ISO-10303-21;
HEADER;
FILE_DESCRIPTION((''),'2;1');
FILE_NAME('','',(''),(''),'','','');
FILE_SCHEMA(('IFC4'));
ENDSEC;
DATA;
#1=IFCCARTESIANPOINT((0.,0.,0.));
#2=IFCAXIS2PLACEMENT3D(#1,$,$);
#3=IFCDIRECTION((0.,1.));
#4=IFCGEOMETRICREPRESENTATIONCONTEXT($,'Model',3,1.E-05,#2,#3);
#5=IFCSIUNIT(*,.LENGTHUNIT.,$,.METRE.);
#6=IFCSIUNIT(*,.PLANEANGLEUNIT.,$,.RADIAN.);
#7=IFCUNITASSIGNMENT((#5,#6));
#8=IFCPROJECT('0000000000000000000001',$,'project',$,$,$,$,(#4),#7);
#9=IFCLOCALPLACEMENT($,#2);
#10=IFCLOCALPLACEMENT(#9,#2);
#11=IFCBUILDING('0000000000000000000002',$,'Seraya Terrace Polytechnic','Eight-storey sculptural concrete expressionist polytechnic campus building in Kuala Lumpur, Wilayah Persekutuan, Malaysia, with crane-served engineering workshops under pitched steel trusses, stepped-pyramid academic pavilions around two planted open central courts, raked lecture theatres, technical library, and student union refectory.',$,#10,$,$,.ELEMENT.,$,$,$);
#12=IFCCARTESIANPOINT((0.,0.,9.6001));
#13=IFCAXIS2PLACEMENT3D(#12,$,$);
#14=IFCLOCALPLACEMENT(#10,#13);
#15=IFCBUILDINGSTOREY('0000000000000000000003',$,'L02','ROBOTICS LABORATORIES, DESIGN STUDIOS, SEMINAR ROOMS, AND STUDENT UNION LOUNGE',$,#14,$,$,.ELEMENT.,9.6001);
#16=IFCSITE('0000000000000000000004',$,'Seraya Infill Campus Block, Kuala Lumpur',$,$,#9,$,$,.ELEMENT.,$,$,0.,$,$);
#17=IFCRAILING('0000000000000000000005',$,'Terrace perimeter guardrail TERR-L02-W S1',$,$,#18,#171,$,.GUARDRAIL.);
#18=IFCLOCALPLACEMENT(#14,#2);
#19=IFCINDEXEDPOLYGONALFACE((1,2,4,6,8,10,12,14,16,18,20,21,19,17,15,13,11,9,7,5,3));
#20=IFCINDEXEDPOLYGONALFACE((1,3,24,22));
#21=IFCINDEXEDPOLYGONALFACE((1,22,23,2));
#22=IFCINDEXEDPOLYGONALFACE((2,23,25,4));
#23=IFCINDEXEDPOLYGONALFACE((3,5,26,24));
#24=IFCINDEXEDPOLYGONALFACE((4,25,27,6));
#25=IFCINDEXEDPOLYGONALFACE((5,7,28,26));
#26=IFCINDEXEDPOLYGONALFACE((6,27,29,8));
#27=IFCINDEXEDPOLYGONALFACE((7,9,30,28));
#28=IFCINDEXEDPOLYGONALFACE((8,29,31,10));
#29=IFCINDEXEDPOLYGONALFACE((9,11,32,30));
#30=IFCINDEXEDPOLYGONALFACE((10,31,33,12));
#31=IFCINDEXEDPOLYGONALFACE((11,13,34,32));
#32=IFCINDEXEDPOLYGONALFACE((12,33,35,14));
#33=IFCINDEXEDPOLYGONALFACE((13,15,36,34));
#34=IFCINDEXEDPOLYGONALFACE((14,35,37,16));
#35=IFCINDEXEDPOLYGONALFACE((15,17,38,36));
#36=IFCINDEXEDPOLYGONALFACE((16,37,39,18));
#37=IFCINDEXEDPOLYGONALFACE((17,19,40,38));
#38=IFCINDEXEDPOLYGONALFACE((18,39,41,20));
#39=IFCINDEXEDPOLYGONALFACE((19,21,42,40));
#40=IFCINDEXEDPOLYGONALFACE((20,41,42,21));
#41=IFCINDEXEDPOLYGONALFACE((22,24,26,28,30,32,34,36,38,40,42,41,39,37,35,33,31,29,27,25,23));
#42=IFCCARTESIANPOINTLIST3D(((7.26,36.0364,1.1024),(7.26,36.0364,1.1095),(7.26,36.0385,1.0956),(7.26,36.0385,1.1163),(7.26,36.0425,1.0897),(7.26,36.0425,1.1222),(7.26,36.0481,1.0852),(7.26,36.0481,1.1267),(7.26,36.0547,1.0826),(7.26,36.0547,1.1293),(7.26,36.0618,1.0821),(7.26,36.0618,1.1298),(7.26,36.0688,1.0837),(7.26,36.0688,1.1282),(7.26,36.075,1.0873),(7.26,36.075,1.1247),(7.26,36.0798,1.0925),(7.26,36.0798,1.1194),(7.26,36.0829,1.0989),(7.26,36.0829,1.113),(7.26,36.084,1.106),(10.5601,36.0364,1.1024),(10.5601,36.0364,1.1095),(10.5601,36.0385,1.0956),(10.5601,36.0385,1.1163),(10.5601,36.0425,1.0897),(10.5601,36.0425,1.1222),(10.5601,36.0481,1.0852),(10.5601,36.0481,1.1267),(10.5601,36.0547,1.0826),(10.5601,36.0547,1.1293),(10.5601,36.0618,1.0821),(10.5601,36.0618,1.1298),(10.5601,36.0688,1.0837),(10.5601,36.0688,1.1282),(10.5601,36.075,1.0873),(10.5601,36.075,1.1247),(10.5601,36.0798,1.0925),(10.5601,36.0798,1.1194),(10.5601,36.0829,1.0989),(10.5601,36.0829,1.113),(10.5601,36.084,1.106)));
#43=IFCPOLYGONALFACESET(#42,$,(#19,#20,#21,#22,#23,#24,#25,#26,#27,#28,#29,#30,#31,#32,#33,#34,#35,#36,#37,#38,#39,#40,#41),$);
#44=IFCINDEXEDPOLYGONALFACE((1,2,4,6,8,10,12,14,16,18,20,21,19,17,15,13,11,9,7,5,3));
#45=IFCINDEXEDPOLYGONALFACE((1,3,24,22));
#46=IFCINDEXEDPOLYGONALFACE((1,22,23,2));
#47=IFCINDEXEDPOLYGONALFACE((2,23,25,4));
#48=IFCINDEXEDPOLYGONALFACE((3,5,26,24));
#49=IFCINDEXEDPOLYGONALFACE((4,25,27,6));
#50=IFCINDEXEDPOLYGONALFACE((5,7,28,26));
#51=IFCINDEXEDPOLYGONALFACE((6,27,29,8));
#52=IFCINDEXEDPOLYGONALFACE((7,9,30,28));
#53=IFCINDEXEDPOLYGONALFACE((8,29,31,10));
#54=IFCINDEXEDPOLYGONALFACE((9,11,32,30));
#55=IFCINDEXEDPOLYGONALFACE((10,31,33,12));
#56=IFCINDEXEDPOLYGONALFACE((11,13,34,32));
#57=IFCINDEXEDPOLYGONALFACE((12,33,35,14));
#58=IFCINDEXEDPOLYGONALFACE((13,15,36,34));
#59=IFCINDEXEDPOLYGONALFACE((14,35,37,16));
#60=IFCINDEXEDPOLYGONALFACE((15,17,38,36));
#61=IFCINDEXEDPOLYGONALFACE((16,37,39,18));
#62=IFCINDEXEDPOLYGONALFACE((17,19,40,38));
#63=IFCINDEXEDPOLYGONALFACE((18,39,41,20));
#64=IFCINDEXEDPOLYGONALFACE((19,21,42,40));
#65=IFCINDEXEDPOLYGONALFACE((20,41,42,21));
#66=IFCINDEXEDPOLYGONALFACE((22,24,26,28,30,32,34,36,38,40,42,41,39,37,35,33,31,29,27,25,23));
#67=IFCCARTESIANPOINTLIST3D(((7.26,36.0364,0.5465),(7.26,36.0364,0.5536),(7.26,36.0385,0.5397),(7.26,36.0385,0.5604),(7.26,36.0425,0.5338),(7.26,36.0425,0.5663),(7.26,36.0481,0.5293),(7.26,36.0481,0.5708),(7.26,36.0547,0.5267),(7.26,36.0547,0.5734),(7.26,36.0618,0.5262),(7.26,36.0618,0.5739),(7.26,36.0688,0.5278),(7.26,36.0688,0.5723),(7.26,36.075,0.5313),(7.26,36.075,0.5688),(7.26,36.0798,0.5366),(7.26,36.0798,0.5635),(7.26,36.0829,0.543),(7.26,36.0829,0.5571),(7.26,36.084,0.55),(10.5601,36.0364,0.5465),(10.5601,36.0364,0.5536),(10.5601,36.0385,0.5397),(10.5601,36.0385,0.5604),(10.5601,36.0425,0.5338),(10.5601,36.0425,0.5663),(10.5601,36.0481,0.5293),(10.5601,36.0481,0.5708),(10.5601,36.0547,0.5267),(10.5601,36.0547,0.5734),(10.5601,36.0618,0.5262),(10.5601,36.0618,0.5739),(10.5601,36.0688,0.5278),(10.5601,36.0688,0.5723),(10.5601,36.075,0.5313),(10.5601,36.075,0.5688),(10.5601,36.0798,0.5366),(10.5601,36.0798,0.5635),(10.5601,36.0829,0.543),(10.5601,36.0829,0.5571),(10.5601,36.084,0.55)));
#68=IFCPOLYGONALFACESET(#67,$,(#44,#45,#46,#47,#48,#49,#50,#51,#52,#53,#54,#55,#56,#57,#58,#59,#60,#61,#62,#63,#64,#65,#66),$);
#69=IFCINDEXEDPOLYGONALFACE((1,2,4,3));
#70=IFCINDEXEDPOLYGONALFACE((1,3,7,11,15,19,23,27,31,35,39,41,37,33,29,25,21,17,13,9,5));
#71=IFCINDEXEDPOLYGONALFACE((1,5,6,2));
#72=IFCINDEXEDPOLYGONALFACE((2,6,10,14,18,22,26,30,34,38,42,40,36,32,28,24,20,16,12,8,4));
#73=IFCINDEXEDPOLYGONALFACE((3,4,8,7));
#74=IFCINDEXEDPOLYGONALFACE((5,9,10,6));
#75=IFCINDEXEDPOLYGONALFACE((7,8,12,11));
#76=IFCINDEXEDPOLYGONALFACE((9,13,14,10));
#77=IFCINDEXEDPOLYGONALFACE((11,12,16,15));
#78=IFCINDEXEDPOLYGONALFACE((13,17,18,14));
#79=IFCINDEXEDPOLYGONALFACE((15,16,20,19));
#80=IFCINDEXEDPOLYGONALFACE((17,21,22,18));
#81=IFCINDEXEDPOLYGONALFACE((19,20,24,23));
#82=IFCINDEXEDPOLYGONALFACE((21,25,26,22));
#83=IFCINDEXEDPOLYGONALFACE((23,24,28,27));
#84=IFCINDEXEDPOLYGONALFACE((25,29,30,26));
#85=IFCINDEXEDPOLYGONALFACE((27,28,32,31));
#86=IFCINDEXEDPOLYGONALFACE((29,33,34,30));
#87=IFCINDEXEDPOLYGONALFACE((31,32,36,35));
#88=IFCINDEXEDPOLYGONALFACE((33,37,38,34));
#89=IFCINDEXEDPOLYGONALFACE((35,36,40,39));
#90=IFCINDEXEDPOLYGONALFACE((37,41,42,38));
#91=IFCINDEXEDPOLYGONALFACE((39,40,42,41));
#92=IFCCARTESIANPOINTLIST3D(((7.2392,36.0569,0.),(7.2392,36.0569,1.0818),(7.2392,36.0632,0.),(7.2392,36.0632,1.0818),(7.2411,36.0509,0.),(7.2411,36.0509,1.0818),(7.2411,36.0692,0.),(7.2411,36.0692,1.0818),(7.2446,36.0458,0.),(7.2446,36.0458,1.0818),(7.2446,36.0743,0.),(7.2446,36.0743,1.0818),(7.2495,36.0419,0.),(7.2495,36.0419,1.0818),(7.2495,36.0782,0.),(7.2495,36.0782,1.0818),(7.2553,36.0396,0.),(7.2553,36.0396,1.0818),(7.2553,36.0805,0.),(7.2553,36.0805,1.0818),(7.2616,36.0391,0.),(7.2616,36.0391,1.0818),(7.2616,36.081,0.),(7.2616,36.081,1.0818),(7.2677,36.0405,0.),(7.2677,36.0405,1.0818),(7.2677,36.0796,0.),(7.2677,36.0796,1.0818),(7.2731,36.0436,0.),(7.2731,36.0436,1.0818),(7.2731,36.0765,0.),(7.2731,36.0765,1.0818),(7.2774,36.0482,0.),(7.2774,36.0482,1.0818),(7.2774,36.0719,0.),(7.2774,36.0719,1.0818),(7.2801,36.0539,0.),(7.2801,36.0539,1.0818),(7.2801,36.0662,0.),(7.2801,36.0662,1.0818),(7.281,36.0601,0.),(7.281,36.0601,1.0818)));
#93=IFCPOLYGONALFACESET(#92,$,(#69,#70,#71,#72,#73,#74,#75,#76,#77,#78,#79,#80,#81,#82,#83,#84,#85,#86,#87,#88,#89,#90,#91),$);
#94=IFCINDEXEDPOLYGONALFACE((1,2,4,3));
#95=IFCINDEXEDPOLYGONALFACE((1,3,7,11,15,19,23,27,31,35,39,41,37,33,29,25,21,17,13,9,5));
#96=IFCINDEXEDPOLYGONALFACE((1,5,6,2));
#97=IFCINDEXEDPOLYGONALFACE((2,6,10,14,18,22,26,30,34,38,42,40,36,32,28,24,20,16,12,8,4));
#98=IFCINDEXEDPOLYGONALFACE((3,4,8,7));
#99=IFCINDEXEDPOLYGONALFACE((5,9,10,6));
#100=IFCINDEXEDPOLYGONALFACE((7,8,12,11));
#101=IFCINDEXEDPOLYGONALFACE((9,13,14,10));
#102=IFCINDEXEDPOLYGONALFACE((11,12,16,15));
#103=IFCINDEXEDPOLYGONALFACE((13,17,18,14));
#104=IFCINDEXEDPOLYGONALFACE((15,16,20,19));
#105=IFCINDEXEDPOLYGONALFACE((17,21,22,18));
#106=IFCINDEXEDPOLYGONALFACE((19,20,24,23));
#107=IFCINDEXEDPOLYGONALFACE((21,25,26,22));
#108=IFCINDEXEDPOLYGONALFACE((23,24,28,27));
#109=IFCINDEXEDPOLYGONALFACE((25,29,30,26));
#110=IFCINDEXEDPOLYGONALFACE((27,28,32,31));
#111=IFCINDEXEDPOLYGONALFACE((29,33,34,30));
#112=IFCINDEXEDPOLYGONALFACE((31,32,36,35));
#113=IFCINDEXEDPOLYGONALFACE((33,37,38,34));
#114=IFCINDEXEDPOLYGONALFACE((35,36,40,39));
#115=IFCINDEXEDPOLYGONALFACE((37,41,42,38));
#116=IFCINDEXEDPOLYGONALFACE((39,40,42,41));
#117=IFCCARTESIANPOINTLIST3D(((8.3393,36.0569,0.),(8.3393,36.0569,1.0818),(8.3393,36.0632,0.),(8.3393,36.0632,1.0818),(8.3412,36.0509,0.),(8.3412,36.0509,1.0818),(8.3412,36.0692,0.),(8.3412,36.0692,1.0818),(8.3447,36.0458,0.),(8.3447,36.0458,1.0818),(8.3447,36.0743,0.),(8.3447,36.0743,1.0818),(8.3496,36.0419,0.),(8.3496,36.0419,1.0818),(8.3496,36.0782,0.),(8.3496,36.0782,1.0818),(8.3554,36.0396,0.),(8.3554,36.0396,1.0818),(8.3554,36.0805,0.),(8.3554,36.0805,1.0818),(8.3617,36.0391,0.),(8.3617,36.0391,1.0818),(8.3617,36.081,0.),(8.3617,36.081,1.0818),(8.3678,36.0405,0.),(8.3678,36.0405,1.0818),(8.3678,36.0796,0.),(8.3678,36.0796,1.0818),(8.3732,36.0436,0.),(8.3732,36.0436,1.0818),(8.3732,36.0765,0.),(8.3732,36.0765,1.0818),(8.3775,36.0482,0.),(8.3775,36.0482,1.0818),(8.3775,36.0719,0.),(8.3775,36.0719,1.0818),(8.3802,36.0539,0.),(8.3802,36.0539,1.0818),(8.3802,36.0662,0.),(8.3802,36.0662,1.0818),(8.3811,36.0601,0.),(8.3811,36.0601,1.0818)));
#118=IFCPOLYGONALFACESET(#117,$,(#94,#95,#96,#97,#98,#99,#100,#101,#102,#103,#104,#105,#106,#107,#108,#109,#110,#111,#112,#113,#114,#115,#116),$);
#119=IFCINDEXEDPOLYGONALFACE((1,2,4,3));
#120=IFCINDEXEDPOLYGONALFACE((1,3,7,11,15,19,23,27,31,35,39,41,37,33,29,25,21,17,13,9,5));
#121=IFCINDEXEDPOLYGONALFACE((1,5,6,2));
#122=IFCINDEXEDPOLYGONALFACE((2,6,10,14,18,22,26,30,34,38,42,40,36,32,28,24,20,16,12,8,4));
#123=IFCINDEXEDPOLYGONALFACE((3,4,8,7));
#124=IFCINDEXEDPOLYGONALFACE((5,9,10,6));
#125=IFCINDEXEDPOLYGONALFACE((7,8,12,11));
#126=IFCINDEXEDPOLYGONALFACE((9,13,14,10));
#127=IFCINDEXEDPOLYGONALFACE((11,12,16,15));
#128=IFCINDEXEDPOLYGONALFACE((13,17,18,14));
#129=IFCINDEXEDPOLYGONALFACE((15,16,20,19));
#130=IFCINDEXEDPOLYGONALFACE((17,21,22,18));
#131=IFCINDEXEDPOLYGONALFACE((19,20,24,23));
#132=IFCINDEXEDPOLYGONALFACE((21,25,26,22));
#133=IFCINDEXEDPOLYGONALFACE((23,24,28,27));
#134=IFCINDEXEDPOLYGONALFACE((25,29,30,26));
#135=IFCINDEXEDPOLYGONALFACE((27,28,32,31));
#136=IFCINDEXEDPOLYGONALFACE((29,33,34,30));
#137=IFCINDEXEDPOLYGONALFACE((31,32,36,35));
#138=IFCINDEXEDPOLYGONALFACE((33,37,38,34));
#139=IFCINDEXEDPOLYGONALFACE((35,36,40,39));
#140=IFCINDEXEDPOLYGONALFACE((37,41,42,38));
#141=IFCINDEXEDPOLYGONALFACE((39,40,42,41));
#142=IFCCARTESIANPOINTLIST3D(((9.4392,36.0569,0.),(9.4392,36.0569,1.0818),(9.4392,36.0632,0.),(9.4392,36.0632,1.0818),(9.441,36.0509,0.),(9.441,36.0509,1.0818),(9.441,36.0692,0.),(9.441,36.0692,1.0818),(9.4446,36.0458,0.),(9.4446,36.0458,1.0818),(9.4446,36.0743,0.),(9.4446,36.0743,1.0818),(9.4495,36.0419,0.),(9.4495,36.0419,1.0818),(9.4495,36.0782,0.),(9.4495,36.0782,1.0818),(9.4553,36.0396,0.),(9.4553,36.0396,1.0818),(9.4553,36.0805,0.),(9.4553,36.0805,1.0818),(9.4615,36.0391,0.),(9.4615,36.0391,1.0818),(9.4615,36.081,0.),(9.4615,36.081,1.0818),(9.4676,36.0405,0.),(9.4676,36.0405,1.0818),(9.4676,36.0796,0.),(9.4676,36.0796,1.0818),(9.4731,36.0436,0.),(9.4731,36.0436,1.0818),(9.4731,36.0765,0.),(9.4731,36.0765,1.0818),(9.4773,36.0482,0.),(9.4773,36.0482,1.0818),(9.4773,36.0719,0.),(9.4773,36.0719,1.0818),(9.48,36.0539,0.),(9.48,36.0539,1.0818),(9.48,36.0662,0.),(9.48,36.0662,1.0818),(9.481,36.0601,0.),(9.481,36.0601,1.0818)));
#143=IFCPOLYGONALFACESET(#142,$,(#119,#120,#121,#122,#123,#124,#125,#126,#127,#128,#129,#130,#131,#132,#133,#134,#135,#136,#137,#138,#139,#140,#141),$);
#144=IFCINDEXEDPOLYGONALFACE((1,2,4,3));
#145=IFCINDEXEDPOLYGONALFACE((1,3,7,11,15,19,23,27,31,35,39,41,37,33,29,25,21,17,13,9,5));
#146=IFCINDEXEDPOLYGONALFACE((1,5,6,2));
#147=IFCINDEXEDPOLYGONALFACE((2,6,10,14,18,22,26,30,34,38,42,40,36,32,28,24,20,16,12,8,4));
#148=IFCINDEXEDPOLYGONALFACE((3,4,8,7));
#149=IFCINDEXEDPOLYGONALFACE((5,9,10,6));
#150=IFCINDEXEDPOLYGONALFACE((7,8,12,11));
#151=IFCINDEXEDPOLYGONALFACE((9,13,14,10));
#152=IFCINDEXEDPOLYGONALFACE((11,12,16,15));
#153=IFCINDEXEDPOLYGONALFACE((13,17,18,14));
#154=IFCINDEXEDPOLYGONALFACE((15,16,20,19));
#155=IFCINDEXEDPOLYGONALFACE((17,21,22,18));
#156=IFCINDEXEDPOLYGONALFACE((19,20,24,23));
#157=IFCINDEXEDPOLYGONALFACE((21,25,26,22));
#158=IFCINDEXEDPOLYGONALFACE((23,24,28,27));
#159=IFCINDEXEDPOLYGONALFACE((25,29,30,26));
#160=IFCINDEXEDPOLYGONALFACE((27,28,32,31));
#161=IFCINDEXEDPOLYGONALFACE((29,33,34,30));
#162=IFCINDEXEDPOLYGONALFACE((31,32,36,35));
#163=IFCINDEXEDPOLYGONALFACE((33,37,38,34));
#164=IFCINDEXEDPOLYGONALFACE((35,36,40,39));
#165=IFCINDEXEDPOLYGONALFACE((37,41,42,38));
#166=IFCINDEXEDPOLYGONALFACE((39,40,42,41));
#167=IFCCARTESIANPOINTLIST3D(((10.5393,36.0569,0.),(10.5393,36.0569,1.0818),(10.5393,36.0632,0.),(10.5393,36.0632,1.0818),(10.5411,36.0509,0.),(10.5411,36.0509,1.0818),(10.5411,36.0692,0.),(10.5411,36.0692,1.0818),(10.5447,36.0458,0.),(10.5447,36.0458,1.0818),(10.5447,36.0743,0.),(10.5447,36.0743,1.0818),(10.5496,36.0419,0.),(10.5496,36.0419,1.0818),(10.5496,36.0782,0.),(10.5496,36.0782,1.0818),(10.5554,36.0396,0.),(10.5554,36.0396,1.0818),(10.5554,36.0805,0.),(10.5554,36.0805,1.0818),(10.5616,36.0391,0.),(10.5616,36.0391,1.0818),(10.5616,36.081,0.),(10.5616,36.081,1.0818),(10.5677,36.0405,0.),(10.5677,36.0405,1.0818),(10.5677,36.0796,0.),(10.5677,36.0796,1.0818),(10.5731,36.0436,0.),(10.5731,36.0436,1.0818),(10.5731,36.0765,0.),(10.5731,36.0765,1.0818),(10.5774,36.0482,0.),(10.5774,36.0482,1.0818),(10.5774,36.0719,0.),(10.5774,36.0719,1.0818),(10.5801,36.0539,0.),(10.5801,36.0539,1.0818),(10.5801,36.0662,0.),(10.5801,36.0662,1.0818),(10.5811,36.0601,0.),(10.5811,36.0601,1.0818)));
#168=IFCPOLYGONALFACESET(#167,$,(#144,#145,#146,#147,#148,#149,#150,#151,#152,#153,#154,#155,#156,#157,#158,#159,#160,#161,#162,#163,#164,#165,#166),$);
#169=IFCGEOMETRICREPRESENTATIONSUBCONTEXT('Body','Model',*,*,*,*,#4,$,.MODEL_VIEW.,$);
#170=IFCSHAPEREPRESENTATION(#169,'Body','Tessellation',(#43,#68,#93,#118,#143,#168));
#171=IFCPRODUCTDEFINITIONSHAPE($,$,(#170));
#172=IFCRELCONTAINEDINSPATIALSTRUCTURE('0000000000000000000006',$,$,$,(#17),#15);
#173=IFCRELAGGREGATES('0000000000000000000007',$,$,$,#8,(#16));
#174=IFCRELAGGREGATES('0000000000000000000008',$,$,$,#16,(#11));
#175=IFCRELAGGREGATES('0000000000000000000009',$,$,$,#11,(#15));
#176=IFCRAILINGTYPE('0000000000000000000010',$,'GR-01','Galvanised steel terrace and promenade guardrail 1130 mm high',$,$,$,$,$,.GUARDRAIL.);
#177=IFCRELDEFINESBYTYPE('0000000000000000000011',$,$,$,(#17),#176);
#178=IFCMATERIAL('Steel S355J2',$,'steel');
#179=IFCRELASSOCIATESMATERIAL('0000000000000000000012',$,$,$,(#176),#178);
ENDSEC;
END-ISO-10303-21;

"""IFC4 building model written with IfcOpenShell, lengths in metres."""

from ifc_helpers import new_model, si_unit, direction, frame, origin, origin_2d, place, context, subcontext, project, spatial, circle, extrude, material, type_object, element, save


model = new_model("IFC4")

# Units and contexts
model_context = context("Model", 3, precision=1e-05, world=origin(), true_north=direction((0.0, 1.0)))
body_context = subcontext(model_context, "Body", "Model", "MODEL_VIEW")
ifc_project = project(units=[si_unit("LENGTHUNIT", "METRE"), si_unit("PLANEANGLEUNIT", "RADIAN")], contexts=[model_context])

# Site, building, storey
site_placement = place(None, origin())
site = spatial("IfcSite", under=ifc_project, at=site_placement, Name="Seraya Infill Campus Block, Kuala Lumpur", CompositionType="ELEMENT", RefElevation=0.0)
building_placement = place(site_placement, origin())
building = spatial("IfcBuilding", under=site, at=building_placement, Name="Seraya Terrace Polytechnic", Description="Eight-storey sculptural concrete expressionist polytechnic campus building in Kuala Lumpur, Wilayah Persekutuan, Malaysia, with crane-served engineering workshops under pitched steel trusses, stepped-pyramid academic pavilions around two planted open central courts, raked lecture theatres, technical library, and student union refectory.", CompositionType="ELEMENT")
storey_placement = place(building_placement, frame((0.0, 0.0, 9.6001)))
storey = spatial("IfcBuildingStorey", under=building, at=storey_placement, Name="L02", Description="ROBOTICS LABORATORIES, DESIGN STUDIOS, SEMINAR ROOMS, AND STUDENT UNION LOUNGE", CompositionType="ELEMENT", Elevation=9.6001)

# Railing
ifc_material_1 = material(Name="Steel S355J2", Category="steel")
railing_type = type_object("IfcRailingType", Name="GR-01", Description="Galvanised steel terrace and promenade guardrail 1130 mm high", PredefinedType="GUARDRAIL", material=ifc_material_1)
railing_placement = place(storey_placement, frame((7.26, 36.0601, 0.0)))
element("IfcRailing", 1, at=railing_placement, inside=storey, type_object=railing_type, Name="Terrace perimeter guardrail TERR-L02-W S1", PredefinedType="GUARDRAIL", context=body_context, shape_type="SweptSolid", body=[
    extrude(circle(Radius=0.0239, at=origin_2d()), frame((0.0, 0.0, 1.106), z_axis=(1.0, 0.0, 0.0), x_axis=(0.0, 1.0, 0.0)), (0.0, 0.0, 1.0), 3.3),
    extrude(circle(Radius=0.0239, at=origin_2d()), frame((0.0, 0.0, 0.55), z_axis=(1.0, 0.0, 0.0), x_axis=(0.0, 1.0, 0.0)), (0.0, 0.0, 1.0), 3.3),
    extrude(circle(Radius=0.021, at=origin_2d()), origin(), (0.0, 0.0, 1.0), 1.0818),
    extrude(circle(Radius=0.021, at=origin_2d()), frame((1.1001, 0.0, 0.0)), (0.0, 0.0, 1.0), 1.0818),
    extrude(circle(Radius=0.021, at=origin_2d()), frame((2.2, 0.0, 0.0)), (0.0, 0.0, 1.0), 1.0818),
    extrude(circle(Radius=0.021, at=origin_2d()), frame((3.3, 0.0, 0.0)), (0.0, 0.0, 1.0), 1.0818),
])

save(model, "model.ifc")
